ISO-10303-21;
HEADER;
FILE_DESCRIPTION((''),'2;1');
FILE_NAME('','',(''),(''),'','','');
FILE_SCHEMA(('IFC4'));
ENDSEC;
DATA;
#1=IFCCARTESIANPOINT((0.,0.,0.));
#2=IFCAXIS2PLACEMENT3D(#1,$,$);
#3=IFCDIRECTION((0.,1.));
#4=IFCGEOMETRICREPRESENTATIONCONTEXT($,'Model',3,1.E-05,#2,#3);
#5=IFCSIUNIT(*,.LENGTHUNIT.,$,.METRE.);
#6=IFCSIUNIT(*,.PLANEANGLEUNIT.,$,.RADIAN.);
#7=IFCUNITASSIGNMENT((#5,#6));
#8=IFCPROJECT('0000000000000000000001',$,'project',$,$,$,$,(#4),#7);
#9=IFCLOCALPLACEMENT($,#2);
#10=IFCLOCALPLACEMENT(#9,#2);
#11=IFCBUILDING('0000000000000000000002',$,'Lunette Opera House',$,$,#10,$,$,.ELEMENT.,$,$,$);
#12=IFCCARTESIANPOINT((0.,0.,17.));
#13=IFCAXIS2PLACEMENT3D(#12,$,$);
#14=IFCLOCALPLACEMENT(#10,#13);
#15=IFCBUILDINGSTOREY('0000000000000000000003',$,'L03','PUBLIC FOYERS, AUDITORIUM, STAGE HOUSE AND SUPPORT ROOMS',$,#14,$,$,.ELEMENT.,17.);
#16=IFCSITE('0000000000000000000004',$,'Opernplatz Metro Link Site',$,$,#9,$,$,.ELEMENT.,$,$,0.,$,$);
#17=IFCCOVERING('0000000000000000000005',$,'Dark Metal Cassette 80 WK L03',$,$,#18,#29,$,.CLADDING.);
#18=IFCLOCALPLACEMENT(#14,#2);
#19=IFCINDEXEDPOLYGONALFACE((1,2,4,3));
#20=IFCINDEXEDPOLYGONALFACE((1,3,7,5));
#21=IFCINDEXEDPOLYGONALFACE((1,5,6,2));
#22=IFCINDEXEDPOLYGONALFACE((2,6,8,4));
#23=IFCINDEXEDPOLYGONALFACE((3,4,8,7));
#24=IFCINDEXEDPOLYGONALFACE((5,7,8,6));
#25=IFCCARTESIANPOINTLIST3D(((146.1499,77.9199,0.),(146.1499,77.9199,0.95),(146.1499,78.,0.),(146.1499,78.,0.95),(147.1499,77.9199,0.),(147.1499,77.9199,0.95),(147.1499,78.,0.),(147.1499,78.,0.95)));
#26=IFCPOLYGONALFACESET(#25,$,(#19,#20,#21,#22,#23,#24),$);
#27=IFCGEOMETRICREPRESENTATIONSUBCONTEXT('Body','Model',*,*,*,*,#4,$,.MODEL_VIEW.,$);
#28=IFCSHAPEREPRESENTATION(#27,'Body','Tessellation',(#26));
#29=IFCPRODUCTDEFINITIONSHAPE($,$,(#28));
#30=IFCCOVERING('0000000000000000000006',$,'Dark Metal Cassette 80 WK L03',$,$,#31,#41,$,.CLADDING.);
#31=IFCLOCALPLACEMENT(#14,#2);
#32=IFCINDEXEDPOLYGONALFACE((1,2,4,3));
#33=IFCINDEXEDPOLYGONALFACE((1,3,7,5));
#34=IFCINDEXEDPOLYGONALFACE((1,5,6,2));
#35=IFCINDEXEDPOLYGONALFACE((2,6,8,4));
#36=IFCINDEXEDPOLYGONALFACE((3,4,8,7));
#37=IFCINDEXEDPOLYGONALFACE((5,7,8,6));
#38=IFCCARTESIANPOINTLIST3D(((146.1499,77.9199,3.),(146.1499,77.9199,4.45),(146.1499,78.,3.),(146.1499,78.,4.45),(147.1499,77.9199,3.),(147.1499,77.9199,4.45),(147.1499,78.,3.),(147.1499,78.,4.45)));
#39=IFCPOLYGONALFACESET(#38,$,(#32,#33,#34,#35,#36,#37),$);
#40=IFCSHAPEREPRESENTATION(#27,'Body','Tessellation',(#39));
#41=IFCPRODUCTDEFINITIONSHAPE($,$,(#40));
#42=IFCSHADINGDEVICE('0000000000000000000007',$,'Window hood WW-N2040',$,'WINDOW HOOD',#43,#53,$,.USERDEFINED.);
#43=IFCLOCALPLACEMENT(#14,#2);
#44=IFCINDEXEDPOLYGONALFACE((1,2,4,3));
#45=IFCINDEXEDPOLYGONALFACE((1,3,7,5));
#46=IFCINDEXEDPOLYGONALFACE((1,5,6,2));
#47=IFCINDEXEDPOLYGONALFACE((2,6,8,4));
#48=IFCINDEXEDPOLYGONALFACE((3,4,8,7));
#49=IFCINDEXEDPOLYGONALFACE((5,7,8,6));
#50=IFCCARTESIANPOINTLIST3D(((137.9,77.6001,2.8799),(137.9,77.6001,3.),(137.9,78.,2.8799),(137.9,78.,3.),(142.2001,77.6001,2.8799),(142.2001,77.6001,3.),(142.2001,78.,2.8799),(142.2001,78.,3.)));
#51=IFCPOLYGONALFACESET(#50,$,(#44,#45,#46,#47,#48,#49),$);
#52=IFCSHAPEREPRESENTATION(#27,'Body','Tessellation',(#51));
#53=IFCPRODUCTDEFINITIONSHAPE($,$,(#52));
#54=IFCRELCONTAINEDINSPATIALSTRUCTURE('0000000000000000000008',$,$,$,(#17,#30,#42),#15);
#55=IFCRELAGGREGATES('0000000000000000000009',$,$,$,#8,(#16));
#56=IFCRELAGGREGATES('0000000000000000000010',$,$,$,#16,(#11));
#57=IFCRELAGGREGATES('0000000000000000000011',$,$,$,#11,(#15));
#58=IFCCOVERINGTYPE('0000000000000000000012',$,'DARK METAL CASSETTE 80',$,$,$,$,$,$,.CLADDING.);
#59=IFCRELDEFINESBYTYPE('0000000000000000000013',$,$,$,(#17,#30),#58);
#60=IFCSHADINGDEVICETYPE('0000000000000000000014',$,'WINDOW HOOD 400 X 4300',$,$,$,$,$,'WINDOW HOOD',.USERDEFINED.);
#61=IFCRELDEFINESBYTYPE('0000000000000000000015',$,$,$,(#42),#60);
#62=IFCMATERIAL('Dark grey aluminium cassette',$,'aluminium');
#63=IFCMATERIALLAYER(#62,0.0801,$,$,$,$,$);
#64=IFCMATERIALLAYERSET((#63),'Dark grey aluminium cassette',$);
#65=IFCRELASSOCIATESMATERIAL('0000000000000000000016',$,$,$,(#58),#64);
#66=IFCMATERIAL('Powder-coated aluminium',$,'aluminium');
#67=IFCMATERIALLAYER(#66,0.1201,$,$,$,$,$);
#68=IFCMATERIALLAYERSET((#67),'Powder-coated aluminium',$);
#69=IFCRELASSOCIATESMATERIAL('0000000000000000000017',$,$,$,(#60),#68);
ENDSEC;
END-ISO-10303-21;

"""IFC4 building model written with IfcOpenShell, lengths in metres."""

from ifc_helpers import new_model, si_unit, direction, frame, origin, origin_2d, place, context, subcontext, project, spatial, rectangle, extrude, material, layer, layer_set, type_object, element, save


model = new_model("IFC4")

# Units and contexts
model_context = context("Model", 3, precision=1e-05, world=origin(), true_north=direction((0.0, 1.0)))
body_context = subcontext(model_context, "Body", "Model", "MODEL_VIEW")
ifc_project = project(units=[si_unit("LENGTHUNIT", "METRE"), si_unit("PLANEANGLEUNIT", "RADIAN")], contexts=[model_context])

# Site, building, storey
site_placement = place(None, origin())
site = spatial("IfcSite", under=ifc_project, at=site_placement, Name="Opernplatz Metro Link Site", CompositionType="ELEMENT", RefElevation=0.0)
building_placement = place(site_placement, origin())
building = spatial("IfcBuilding", under=site, at=building_placement, Name="Lunette Opera House", CompositionType="ELEMENT")
storey_placement = place(building_placement, frame((0.0, 0.0, 17.0)))
storey = spatial("IfcBuildingStorey", under=building, at=storey_placement, Name="L03", Description="PUBLIC FOYERS, AUDITORIUM, STAGE HOUSE AND SUPPORT ROOMS", CompositionType="ELEMENT", Elevation=17.0)

# Coverings
ifc_material_1 = material(Name="Dark grey aluminium cassette", Category="aluminium")
ifc_layer_1 = layer(ifc_material_1, 0.0801)
ifc_layer_set_1 = layer_set([ifc_layer_1], Name="Dark grey aluminium cassette")
covering_type = type_object("IfcCoveringType", Name="DARK METAL CASSETTE 80", PredefinedType="CLADDING", material=ifc_layer_set_1)
covering_1_placement = place(storey_placement, frame((146.6499, 77.96, 0.0), z_axis=(0.0, 0.0, 1.0), x_axis=(1.0, 0.0, 0.0)))
element("IfcCovering", 1, at=covering_1_placement, inside=storey, type_object=covering_type, Name="Dark Metal Cassette 80 WK L03", PredefinedType="CLADDING", context=body_context, shape_type="SweptSolid", body=[
    extrude(rectangle(XDim=1.0, YDim=0.0801, at=origin_2d()), origin(), (0.0, 0.0, 1.0), 0.95),
])
covering_2_placement = place(storey_placement, frame((146.6499, 77.96, 3.0), z_axis=(0.0, 0.0, 1.0), x_axis=(1.0, 0.0, 0.0)))
element("IfcCovering", 2, at=covering_2_placement, inside=storey, type_object=covering_type, Name="Dark Metal Cassette 80 WK L03", PredefinedType="CLADDING", context=body_context, shape_type="SweptSolid", body=[
    extrude(rectangle(XDim=1.0, YDim=0.0801, at=origin_2d()), origin(), (0.0, 0.0, 1.0), 1.45),
])

# Shading device
ifc_material_2 = material(Name="Powder-coated aluminium", Category="aluminium")
ifc_layer_2 = layer(ifc_material_2, 0.1201)
ifc_layer_set_2 = layer_set([ifc_layer_2], Name="Powder-coated aluminium")
shading_device_type = type_object("IfcShadingDeviceType", Name="WINDOW HOOD 400 X 4300", ElementType="WINDOW HOOD", PredefinedType="USERDEFINED", material=ifc_layer_set_2)
shading_device_placement = place(storey_placement, frame((140.05, 77.8, 2.8799), z_axis=(0.0, 0.0, 1.0), x_axis=(0.0, -1.0, 0.0)))
element("IfcShadingDevice", 3, at=shading_device_placement, inside=storey, type_object=shading_device_type, Name="Window hood WW-N2040", ObjectType="WINDOW HOOD", PredefinedType="USERDEFINED", context=body_context, shape_type="SweptSolid", body=[
    extrude(rectangle(XDim=0.3999, YDim=4.3, at=origin_2d()), origin(), (0.0, 0.0, 1.0), 0.1201),
])

save(model, "model.ifc")
